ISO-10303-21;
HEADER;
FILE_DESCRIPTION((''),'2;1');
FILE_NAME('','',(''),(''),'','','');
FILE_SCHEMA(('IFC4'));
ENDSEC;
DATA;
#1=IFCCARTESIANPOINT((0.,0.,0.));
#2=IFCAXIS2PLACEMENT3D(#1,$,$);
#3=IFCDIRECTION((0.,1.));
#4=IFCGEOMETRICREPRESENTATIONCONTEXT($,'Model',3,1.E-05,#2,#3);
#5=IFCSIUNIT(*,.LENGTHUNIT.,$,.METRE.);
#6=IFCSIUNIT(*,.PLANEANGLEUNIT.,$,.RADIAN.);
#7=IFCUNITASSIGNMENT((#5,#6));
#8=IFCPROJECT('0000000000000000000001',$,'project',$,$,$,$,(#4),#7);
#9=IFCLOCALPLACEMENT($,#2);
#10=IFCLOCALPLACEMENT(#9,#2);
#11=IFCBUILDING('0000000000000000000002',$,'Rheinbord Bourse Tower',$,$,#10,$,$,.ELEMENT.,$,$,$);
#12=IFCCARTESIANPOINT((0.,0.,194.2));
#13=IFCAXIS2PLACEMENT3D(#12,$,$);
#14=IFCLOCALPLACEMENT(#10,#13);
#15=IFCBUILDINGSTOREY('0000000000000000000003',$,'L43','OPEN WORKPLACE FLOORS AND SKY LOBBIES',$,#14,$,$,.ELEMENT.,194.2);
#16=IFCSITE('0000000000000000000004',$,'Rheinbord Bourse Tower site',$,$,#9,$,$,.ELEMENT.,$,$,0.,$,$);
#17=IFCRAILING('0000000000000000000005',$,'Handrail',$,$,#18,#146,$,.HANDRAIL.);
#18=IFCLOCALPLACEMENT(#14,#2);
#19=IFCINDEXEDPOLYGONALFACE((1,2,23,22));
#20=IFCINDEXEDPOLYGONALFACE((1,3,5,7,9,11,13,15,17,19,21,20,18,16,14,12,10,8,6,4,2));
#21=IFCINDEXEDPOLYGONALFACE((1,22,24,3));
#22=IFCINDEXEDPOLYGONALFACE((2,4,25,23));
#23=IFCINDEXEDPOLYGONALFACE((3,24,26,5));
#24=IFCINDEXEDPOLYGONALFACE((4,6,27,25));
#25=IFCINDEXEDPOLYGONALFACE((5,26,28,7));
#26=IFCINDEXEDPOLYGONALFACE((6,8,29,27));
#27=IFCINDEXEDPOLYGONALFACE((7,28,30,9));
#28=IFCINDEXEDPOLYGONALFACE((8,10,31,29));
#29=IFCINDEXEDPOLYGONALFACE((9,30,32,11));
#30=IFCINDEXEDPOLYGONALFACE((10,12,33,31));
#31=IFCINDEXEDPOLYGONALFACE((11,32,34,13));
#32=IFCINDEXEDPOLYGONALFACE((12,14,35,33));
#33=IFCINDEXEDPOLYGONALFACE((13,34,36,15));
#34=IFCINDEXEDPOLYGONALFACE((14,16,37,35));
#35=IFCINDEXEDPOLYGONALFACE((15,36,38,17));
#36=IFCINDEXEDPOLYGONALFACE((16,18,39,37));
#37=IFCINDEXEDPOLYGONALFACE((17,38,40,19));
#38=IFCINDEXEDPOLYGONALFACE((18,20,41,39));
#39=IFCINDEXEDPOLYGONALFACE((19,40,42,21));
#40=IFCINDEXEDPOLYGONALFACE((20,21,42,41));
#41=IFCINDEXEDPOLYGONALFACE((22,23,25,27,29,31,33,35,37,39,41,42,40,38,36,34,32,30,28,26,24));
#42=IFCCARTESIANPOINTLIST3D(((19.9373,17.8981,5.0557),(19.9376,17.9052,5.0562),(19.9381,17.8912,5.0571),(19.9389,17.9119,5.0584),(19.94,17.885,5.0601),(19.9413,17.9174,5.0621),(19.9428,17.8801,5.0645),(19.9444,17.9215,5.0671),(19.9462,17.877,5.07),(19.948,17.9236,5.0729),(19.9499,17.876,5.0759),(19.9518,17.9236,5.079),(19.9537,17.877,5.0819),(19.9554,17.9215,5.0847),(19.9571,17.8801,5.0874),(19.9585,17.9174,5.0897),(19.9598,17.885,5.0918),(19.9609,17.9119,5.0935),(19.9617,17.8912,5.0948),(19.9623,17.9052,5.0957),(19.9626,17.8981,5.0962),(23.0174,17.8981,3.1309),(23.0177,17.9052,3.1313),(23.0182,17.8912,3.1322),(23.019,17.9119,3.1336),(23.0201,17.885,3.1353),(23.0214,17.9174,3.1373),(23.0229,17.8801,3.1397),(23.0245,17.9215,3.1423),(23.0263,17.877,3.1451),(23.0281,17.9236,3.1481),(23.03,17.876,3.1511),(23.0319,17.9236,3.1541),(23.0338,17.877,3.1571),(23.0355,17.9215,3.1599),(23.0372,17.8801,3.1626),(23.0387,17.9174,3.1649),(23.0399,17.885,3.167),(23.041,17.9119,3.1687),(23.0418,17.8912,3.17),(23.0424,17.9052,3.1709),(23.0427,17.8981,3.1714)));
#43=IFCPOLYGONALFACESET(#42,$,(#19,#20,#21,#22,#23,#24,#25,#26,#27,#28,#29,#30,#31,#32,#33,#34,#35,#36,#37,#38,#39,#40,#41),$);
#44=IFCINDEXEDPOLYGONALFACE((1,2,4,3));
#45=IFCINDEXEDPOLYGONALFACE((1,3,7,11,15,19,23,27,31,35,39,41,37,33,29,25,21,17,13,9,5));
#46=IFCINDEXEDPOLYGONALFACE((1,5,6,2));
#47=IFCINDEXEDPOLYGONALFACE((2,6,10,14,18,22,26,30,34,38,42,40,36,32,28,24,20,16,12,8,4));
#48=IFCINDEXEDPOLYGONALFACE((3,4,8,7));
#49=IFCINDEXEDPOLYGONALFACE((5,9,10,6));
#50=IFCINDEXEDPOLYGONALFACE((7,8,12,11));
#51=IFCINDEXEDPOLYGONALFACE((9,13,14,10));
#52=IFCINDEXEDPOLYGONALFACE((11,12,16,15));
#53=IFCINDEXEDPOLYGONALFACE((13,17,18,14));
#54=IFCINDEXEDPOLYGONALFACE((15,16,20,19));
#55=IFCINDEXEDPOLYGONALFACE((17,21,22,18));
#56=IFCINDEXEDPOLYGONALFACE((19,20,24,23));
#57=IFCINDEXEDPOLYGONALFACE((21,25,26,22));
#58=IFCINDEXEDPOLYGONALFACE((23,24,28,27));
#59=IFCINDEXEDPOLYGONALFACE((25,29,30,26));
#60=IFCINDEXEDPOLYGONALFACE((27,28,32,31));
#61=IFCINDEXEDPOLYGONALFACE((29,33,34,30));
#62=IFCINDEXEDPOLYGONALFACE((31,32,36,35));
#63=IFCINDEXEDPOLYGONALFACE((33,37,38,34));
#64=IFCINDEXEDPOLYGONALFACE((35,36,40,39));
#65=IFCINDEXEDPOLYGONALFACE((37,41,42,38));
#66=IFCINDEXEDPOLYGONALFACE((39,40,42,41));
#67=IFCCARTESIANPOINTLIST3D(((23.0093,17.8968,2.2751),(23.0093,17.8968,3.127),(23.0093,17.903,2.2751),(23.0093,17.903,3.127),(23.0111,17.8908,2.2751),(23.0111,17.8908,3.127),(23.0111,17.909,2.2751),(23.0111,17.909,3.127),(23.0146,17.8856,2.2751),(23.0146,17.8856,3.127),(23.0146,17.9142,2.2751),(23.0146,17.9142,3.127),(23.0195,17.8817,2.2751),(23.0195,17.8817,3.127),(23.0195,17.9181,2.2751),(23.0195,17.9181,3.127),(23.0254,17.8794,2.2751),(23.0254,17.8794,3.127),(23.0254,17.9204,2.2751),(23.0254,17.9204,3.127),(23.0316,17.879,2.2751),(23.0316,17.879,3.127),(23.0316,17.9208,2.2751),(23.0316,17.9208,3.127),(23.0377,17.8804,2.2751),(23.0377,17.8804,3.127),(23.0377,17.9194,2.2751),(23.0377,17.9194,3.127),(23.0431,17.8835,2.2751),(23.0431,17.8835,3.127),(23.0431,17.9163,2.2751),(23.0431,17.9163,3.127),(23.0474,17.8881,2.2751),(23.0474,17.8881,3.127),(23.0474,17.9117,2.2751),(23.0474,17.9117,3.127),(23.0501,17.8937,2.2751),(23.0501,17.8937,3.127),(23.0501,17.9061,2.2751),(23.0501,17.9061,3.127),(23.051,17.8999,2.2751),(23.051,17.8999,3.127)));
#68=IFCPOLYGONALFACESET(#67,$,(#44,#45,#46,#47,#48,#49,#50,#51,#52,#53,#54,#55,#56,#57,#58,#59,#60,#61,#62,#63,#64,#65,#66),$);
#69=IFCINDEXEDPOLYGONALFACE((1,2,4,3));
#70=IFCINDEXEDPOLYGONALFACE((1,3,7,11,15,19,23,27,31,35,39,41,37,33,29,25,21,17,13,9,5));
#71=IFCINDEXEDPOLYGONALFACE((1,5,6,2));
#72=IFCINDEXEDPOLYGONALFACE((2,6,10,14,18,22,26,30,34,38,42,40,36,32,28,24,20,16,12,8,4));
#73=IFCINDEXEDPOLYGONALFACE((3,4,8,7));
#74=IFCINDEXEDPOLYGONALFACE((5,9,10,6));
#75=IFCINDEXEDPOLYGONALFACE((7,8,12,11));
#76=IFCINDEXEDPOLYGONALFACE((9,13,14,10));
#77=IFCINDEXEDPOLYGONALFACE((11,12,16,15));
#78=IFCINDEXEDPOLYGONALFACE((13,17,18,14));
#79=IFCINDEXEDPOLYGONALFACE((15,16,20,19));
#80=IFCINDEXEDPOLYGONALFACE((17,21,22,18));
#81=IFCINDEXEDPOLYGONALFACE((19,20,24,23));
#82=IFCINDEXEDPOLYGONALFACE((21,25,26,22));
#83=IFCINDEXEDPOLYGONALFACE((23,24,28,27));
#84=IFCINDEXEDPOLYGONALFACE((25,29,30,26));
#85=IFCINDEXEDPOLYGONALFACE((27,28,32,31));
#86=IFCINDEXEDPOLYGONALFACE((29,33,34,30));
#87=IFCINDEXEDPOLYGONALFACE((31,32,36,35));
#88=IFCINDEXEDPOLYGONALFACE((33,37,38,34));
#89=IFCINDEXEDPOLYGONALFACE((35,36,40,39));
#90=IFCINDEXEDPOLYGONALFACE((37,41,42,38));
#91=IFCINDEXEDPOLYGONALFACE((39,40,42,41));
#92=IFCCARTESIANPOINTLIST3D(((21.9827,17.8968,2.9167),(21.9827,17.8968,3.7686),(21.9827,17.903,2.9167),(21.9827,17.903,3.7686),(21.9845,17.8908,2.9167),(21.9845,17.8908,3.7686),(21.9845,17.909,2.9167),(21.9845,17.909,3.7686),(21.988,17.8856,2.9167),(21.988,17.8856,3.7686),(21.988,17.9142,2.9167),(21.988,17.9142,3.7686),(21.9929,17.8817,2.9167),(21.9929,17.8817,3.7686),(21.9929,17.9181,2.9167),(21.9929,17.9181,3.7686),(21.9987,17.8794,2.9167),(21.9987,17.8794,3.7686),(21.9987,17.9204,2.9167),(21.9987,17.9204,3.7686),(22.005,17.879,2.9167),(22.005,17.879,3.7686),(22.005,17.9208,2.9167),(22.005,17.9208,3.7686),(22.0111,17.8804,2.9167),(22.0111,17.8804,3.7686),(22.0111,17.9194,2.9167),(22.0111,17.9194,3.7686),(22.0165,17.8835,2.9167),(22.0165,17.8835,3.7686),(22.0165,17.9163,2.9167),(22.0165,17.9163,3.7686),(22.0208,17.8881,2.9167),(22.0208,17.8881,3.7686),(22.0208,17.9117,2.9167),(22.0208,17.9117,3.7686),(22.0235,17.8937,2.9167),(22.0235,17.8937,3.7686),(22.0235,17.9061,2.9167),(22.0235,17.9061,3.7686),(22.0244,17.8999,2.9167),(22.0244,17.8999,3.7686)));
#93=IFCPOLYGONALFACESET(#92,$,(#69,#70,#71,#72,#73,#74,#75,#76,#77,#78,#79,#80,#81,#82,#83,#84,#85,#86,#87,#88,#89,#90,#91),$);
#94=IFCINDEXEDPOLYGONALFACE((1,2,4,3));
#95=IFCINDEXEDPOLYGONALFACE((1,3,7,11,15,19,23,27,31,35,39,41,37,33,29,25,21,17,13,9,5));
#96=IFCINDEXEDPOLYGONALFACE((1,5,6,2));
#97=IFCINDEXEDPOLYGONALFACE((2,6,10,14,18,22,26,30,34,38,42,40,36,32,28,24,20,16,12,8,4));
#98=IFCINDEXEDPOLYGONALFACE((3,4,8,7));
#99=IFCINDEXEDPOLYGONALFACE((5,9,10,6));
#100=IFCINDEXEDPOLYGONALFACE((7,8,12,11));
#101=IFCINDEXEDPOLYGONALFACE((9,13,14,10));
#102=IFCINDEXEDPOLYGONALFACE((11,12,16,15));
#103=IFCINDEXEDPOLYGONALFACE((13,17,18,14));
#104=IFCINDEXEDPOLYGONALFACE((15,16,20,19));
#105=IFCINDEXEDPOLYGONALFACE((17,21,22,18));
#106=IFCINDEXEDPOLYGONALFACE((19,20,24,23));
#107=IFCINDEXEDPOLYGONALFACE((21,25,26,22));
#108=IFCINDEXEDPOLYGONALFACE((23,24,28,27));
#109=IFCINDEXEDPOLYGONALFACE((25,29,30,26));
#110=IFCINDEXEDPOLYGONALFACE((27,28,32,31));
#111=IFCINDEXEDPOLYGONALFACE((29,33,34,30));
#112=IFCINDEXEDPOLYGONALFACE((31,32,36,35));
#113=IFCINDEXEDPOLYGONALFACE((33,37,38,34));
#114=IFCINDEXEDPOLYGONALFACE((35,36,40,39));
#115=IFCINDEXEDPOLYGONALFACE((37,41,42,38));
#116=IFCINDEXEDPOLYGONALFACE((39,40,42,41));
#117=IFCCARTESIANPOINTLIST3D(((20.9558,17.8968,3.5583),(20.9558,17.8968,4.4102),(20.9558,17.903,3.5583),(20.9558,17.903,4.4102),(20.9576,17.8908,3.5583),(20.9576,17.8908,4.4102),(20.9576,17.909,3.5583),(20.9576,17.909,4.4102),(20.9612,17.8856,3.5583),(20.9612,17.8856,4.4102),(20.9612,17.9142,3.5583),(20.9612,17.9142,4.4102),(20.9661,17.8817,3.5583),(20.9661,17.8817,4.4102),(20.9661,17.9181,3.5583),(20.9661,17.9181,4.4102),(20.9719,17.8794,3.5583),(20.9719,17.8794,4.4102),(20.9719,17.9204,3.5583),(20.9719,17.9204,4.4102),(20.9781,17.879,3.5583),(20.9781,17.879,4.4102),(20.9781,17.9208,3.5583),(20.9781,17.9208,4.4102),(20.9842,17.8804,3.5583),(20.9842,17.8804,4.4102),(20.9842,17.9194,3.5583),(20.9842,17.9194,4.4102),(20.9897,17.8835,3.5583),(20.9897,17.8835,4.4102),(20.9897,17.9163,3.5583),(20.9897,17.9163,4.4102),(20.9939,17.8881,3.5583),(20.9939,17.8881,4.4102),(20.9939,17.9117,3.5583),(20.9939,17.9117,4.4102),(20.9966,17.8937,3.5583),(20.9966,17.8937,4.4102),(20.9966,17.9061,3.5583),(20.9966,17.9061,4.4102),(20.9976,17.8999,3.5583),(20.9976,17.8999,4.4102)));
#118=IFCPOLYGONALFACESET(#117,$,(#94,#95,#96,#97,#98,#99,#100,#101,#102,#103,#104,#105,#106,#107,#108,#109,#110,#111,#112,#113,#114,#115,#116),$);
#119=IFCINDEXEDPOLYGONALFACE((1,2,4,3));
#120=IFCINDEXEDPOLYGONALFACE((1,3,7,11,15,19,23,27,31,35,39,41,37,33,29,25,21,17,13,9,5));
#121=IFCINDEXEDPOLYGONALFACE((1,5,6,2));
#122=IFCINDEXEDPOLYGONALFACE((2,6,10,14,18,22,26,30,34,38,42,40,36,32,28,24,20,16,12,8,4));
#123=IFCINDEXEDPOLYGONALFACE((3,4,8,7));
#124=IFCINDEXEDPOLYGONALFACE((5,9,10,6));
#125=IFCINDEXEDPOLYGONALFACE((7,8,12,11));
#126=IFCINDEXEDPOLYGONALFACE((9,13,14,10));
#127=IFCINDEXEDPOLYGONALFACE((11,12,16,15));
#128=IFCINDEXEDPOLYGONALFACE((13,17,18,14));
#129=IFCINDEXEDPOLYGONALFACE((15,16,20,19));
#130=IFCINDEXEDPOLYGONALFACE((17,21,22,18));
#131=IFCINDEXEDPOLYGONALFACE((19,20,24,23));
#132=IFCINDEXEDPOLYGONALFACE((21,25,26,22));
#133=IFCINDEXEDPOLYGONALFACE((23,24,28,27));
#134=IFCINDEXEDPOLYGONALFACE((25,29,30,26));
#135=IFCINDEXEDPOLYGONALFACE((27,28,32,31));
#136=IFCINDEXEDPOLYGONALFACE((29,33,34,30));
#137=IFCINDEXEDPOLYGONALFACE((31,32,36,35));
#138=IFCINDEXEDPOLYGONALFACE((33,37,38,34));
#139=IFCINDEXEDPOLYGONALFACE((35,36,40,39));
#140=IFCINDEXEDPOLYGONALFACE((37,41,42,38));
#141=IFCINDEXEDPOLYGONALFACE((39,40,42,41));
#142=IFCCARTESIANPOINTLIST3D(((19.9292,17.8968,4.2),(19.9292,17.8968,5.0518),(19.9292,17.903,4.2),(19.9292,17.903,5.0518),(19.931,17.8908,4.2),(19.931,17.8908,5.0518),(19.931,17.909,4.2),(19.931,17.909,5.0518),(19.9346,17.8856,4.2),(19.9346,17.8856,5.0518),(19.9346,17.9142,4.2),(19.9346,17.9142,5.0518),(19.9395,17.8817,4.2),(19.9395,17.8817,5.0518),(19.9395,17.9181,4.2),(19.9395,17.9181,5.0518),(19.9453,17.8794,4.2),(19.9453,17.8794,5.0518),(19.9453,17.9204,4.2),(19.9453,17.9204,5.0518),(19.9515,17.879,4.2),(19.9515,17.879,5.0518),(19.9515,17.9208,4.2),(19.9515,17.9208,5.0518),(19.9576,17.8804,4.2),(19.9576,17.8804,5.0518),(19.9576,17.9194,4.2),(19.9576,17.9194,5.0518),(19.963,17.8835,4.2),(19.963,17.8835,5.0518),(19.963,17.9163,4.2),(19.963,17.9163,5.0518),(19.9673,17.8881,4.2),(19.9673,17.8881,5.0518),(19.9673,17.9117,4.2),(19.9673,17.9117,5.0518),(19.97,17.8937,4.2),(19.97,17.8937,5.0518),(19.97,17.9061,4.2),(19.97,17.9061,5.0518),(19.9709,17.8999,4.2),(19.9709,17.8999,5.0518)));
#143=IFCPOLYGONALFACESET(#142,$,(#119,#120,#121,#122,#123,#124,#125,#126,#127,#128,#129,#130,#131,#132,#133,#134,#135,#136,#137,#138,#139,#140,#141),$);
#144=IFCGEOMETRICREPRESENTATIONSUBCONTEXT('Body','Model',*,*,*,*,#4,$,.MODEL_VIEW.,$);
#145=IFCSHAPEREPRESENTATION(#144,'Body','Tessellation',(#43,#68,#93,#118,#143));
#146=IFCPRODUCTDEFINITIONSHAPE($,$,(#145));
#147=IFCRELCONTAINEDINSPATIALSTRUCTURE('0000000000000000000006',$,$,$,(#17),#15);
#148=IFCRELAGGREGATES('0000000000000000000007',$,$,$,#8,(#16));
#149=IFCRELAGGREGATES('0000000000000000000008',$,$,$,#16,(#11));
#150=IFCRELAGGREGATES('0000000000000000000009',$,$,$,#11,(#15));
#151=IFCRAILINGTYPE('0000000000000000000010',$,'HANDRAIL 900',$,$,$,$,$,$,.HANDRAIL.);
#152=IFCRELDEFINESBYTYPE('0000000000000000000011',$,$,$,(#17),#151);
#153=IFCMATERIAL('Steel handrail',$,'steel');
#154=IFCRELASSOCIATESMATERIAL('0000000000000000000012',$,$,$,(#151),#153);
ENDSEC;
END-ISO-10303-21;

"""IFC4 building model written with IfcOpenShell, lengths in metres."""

from ifc_helpers import new_model, si_unit, direction, frame, origin, origin_2d, place, context, subcontext, project, spatial, circle, extrude, material, type_object, element, save


model = new_model("IFC4")

# Units and contexts
model_context = context("Model", 3, precision=1e-05, world=origin(), true_north=direction((0.0, 1.0)))
body_context = subcontext(model_context, "Body", "Model", "MODEL_VIEW")
ifc_project = project(units=[si_unit("LENGTHUNIT", "METRE"), si_unit("PLANEANGLEUNIT", "RADIAN")], contexts=[model_context])

# Site, building, storey
site_placement = place(None, origin())
site = spatial("IfcSite", under=ifc_project, at=site_placement, Name="Rheinbord Bourse Tower site", CompositionType="ELEMENT", RefElevation=0.0)
building_placement = place(site_placement, origin())
building = spatial("IfcBuilding", under=site, at=building_placement, Name="Rheinbord Bourse Tower", CompositionType="ELEMENT")
storey_placement = place(building_placement, frame((0.0, 0.0, 194.2)))
storey = spatial("IfcBuildingStorey", under=building, at=storey_placement, Name="L43", Description="OPEN WORKPLACE FLOORS AND SKY LOBBIES", CompositionType="ELEMENT", Elevation=194.2)

# Railing
ifc_material_1 = material(Name="Steel handrail", Category="steel")
railing_type = type_object("IfcRailingType", Name="HANDRAIL 900", PredefinedType="HANDRAIL", material=ifc_material_1)
railing_1_placement = place(storey_placement, frame((23.03, 17.8999, 2.2751)))
element("IfcRailing", 1, at=railing_1_placement, inside=storey, type_object=railing_type, Name="Handrail", PredefinedType="HANDRAIL", context=body_context, shape_type="SweptSolid", body=[
    extrude(circle(Radius=0.0239, at=origin_2d()), frame((0.0, 0.0, 0.876), z_axis=(-0.848029, 0.0, 0.529951), x_axis=(0.0, -1.0, 0.0)), (0.0, 0.0, 1.0), 3.6321),
    extrude(circle(Radius=0.021, at=origin_2d()), origin(), (0.0, 0.0, 1.0), 0.8518),
    extrude(circle(Radius=0.021, at=origin_2d()), frame((-1.0266, 0.0, 0.6416)), (0.0, 0.0, 1.0), 0.8518),
    extrude(circle(Radius=0.021, at=origin_2d()), frame((-2.0535, 0.0, 1.2832)), (0.0, 0.0, 1.0), 0.8518),
    extrude(circle(Radius=0.021, at=origin_2d()), frame((-3.0801, 0.0, 1.9248)), (0.0, 0.0, 1.0), 0.8518),
])

save(model, "model.ifc")
